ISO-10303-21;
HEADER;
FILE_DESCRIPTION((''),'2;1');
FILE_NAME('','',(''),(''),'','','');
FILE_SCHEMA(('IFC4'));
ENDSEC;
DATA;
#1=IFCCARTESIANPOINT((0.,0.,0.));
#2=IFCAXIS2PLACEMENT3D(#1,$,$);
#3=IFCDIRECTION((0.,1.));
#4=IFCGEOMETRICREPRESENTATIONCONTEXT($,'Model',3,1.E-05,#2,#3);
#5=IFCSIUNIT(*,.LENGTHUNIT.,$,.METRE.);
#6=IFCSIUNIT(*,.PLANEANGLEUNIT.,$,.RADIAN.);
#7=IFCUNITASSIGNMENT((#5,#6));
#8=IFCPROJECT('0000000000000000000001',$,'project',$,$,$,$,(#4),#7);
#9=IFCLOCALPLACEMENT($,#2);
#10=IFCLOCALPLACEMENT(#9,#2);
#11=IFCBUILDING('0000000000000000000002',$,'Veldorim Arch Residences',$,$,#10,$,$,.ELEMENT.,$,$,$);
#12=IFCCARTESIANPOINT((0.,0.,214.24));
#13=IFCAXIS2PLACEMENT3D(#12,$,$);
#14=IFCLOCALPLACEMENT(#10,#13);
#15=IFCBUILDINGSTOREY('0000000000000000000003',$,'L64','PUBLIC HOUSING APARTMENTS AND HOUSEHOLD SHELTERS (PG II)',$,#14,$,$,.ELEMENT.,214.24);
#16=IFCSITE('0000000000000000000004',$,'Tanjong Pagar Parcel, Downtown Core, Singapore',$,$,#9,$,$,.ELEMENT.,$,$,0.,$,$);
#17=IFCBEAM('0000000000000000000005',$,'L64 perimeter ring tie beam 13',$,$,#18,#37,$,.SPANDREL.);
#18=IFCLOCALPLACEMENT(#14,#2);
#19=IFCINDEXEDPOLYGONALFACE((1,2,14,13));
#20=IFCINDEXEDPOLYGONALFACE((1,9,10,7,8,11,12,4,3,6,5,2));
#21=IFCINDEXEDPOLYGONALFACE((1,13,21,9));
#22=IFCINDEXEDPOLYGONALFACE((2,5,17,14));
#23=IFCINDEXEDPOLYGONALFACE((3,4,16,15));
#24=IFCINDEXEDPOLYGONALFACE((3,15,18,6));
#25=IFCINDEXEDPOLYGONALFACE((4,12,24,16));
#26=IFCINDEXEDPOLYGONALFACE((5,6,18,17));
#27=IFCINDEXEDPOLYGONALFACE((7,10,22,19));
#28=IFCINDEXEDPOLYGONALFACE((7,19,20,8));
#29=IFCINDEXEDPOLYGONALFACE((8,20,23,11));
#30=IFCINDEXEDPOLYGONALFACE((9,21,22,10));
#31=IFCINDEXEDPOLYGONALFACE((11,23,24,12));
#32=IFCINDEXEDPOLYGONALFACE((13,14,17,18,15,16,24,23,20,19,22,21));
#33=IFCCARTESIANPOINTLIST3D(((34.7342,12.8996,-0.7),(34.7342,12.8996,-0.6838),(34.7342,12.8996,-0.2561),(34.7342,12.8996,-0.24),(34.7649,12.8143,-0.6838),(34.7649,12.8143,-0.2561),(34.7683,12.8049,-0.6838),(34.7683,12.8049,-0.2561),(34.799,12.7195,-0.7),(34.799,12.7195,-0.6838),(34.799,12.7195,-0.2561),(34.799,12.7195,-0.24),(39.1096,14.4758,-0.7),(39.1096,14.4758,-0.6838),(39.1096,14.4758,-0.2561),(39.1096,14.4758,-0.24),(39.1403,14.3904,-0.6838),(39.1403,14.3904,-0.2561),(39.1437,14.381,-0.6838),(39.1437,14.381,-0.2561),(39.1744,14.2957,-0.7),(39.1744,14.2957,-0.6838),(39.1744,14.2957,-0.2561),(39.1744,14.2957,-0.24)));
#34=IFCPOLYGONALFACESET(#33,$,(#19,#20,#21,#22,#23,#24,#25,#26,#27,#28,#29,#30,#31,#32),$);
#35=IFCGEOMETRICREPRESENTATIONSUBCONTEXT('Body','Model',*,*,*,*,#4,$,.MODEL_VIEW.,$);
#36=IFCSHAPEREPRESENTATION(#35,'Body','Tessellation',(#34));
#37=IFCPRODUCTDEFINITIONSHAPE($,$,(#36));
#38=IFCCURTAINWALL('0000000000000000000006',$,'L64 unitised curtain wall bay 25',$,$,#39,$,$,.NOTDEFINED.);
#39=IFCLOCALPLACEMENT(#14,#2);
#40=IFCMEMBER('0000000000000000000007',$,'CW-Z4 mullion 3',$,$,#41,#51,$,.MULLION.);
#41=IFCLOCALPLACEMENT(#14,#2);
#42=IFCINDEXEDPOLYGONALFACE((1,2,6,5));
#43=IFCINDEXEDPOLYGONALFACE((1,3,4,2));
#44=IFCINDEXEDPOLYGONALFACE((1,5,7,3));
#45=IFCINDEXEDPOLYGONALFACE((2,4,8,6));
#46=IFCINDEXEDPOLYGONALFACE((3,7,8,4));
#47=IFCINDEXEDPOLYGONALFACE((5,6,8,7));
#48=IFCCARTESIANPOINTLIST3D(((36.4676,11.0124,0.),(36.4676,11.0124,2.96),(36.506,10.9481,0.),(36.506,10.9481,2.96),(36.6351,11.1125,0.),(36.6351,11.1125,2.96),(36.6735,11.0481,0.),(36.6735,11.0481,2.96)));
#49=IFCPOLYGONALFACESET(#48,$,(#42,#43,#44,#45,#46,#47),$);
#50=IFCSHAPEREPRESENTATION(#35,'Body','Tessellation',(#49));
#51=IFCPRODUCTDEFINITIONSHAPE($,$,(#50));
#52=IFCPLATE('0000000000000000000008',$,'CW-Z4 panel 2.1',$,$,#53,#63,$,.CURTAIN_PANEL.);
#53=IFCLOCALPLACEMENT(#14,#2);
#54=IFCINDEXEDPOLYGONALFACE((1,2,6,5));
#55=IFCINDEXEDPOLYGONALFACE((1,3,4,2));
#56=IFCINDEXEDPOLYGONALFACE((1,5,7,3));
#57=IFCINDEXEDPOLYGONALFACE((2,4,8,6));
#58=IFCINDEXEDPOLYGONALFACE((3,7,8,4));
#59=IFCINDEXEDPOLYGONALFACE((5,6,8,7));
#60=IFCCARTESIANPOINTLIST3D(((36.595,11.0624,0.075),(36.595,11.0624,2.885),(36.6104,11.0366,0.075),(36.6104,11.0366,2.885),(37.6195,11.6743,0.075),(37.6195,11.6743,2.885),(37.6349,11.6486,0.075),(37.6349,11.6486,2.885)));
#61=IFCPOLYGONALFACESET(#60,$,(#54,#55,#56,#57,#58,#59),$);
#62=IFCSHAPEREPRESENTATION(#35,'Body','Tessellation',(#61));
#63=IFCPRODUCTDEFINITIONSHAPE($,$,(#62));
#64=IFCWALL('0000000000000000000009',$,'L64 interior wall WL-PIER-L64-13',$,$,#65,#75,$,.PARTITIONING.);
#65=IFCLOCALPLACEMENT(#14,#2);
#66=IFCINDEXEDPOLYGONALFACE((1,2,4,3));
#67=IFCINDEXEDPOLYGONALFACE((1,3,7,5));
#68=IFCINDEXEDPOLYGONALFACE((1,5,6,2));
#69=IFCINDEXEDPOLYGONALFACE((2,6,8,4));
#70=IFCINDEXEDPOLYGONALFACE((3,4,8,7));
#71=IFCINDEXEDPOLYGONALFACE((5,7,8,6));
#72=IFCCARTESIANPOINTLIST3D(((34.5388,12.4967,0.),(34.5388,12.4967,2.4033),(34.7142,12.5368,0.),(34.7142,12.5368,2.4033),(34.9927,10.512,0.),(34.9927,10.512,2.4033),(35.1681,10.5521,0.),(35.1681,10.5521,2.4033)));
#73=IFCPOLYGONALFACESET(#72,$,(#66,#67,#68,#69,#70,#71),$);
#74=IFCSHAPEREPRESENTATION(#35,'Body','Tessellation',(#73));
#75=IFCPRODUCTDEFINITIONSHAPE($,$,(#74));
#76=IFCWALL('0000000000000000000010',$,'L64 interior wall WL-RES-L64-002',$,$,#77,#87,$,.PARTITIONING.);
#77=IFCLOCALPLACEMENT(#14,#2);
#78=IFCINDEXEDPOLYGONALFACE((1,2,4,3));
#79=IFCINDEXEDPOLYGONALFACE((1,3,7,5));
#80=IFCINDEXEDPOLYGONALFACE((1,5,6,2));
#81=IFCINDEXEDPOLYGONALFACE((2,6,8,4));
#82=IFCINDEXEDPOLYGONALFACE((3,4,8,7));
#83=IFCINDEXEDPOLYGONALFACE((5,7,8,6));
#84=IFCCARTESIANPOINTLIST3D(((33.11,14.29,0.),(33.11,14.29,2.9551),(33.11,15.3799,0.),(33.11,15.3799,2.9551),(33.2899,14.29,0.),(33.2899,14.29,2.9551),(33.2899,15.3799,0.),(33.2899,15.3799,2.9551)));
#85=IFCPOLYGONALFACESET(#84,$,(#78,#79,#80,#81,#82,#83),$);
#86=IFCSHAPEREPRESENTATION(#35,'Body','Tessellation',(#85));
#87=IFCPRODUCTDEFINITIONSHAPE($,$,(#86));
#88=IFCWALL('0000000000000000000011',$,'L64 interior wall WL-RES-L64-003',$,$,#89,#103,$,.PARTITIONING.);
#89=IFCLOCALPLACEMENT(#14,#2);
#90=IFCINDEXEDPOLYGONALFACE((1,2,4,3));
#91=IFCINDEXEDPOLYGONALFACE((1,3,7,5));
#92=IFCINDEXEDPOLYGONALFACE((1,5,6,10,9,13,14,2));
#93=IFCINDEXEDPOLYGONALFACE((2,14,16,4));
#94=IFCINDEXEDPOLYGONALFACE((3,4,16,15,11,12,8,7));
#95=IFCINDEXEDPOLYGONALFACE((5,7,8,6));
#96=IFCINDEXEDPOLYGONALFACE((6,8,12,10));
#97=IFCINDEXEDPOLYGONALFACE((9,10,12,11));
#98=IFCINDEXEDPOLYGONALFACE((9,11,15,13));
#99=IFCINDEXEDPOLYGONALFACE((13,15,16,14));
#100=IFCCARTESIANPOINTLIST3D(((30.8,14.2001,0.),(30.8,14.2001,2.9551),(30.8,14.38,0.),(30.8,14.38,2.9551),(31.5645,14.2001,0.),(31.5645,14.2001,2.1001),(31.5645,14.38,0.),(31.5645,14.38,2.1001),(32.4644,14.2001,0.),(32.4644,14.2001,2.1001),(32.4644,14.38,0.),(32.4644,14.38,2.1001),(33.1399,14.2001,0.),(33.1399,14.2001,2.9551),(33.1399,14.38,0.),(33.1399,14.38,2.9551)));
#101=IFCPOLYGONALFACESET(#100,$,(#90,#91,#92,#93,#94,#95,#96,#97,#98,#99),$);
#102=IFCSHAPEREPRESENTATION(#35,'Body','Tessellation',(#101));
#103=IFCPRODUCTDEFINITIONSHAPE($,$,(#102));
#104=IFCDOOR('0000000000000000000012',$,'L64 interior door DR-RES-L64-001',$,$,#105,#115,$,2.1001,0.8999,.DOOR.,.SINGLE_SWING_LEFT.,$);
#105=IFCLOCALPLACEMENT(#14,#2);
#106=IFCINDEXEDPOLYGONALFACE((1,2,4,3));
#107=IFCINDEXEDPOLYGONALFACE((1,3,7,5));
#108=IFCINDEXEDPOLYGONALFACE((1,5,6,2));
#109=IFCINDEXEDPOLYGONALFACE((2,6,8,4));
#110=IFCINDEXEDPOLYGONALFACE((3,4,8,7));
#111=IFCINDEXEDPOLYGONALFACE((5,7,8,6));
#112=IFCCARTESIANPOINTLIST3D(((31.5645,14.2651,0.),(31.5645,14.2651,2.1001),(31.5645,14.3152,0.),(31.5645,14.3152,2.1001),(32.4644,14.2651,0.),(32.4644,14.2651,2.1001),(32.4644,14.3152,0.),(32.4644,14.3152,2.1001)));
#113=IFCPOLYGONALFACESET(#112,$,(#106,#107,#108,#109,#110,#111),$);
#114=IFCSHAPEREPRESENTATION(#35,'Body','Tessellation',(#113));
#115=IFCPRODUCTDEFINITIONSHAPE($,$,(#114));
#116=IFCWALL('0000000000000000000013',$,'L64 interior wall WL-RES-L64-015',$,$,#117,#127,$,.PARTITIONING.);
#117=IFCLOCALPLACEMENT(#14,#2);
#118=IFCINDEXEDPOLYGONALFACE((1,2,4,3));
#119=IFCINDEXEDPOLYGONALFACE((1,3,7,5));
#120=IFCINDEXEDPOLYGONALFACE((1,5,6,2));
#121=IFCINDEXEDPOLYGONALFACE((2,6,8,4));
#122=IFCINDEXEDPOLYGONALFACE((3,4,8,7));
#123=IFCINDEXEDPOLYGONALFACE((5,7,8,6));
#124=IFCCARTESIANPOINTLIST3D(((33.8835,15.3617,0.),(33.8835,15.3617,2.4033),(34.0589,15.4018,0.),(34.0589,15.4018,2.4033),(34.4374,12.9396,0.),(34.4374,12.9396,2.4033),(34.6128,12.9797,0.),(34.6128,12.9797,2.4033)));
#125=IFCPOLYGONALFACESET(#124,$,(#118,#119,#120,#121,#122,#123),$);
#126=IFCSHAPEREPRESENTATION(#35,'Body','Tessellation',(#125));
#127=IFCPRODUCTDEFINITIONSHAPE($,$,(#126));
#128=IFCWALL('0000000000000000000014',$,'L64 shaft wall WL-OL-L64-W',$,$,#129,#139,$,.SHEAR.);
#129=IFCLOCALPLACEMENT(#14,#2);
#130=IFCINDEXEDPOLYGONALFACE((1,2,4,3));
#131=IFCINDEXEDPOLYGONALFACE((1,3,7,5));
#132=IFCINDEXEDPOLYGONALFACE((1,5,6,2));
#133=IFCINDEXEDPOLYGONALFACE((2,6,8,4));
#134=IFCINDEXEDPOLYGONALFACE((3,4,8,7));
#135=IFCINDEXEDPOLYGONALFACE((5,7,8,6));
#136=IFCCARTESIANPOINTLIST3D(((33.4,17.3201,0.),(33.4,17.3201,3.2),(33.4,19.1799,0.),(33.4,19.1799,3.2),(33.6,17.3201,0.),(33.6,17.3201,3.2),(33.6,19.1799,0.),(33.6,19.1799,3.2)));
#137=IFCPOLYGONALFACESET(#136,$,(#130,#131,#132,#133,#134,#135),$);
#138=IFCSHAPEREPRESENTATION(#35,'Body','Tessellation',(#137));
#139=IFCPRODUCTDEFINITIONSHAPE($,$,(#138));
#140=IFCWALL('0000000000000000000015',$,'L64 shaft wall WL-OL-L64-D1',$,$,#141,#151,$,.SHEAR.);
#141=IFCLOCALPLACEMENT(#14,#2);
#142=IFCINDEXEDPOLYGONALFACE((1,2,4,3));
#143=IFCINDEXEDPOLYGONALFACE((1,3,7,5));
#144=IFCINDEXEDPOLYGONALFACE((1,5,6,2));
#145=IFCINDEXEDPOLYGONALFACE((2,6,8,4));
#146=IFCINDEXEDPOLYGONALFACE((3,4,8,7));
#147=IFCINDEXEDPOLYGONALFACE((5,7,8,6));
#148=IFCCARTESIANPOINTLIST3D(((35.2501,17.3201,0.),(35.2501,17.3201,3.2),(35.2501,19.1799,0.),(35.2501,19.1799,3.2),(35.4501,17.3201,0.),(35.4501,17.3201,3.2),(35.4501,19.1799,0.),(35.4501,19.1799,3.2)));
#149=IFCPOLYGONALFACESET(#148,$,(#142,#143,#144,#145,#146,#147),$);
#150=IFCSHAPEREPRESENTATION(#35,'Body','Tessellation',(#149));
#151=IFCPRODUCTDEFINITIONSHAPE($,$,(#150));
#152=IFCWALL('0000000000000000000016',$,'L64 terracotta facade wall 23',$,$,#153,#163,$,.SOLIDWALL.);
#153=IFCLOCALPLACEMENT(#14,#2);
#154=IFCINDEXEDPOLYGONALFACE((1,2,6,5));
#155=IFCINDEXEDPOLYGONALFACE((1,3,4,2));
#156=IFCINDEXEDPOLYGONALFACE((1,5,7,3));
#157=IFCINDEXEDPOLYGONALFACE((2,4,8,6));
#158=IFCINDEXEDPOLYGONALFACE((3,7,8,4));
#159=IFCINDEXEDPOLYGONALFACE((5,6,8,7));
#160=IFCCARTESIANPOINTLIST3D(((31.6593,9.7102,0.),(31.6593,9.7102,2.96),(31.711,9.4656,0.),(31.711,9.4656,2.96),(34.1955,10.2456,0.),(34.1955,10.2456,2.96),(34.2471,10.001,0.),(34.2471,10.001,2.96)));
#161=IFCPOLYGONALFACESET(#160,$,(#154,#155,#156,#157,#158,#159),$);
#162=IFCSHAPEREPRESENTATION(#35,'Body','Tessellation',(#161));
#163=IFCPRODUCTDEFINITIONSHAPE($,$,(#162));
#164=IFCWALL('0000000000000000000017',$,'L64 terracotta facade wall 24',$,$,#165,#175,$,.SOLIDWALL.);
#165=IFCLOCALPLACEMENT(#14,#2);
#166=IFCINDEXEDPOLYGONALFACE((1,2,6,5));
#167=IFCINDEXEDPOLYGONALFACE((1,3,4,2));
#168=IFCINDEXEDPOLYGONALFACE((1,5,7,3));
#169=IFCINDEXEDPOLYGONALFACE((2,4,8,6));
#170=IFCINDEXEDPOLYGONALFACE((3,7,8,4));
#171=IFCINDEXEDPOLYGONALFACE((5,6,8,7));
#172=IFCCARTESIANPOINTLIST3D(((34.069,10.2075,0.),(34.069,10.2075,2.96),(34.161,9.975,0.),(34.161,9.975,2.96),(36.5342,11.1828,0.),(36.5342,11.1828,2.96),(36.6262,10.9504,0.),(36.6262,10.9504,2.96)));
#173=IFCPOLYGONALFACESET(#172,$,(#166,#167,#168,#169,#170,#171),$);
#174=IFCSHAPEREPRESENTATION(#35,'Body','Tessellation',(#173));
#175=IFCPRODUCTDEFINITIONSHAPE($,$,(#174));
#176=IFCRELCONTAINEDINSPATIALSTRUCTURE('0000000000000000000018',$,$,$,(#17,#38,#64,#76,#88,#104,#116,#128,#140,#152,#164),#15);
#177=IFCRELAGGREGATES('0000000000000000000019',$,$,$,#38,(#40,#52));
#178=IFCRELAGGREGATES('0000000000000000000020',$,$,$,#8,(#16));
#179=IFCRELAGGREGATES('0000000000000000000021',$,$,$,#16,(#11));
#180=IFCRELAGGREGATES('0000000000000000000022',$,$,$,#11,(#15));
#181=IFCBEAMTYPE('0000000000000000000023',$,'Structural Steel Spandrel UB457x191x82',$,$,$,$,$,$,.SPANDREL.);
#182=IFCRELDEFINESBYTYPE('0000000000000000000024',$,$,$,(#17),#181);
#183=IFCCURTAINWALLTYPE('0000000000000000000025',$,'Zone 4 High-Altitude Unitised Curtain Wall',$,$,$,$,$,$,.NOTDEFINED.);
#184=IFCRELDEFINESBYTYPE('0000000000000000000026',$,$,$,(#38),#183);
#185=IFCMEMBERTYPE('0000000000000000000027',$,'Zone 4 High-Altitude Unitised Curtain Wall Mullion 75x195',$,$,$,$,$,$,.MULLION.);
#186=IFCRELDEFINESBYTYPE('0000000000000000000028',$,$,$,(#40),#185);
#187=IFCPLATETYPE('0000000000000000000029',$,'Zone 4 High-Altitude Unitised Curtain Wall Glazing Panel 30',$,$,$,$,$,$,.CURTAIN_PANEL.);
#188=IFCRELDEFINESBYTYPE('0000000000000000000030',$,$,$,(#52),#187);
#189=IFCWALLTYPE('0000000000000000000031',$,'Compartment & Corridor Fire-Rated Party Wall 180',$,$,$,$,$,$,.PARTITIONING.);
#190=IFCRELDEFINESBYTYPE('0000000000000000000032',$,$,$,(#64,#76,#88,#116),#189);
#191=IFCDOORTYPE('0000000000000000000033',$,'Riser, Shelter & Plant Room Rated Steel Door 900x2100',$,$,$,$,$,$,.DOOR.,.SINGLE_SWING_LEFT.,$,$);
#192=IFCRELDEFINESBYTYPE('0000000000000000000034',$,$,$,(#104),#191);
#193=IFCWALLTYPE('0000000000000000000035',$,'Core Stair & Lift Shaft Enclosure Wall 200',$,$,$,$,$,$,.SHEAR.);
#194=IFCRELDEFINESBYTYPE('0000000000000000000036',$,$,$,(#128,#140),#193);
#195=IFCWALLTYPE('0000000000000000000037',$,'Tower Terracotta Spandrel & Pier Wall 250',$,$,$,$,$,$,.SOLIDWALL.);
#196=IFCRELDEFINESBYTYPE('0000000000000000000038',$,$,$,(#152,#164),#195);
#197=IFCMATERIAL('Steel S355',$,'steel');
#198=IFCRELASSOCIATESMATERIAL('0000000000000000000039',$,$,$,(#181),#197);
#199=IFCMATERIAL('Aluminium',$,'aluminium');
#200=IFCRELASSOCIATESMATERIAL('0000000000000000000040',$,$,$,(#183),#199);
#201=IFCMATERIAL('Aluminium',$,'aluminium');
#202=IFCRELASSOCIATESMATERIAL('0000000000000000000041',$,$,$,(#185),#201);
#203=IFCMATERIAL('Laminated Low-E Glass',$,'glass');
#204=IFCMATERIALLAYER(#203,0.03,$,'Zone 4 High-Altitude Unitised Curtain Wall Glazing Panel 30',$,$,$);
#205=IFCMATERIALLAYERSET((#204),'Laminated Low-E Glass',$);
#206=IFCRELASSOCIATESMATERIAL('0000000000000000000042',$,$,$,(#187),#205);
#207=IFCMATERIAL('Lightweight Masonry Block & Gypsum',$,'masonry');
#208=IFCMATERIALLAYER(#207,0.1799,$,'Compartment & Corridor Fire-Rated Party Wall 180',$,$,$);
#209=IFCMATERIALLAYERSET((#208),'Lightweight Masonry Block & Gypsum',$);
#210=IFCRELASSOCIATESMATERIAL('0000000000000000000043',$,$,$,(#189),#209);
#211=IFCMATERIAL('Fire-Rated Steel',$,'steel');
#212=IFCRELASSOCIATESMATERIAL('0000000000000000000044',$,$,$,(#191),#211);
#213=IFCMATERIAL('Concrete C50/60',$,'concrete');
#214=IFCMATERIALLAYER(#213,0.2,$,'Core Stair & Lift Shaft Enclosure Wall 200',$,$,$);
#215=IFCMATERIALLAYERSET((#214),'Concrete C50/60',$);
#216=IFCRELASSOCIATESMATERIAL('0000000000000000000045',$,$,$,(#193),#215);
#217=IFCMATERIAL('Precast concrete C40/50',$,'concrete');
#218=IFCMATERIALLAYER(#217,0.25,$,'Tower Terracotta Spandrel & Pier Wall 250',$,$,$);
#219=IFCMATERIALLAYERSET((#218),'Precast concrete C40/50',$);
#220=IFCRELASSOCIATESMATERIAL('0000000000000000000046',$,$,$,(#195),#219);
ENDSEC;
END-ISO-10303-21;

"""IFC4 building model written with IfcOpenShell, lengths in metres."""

from ifc_helpers import new_model, si_unit, direction, frame, frame_2d, origin, origin_2d, place, context, subcontext, project, spatial, rectangle, i_section, extrude, material, layer, layer_set, material_profile, profile_set, type_object, element, fill, aggregate, save


model = new_model("IFC4")

# Units and contexts
model_context = context("Model", 3, precision=1e-05, world=origin(), true_north=direction((0.0, 1.0)))
body_context = subcontext(model_context, "Body", "Model", "MODEL_VIEW")
ifc_project = project(units=[si_unit("LENGTHUNIT", "METRE"), si_unit("PLANEANGLEUNIT", "RADIAN")], contexts=[model_context])

# Site, building, storey
site_placement = place(None, origin())
site = spatial("IfcSite", under=ifc_project, at=site_placement, Name="Tanjong Pagar Parcel, Downtown Core, Singapore", CompositionType="ELEMENT", RefElevation=0.0)
building_placement = place(site_placement, origin())
building = spatial("IfcBuilding", under=site, at=building_placement, Name="Veldorim Arch Residences", CompositionType="ELEMENT")
storey_placement = place(building_placement, frame((0.0, 0.0, 214.24)))
storey = spatial("IfcBuildingStorey", under=building, at=storey_placement, Name="L64", Description="PUBLIC HOUSING APARTMENTS AND HOUSEHOLD SHELTERS (PG II)", CompositionType="ELEMENT", Elevation=214.24)

# Beam
ifc_material_1 = material(Name="Steel S355", Category="steel")
ifc_material_profile_1 = material_profile(ifc_material_1, i_section(OverallWidth=0.1914, OverallDepth=0.46, WebThickness=0.01, FlangeThickness=0.0161, at=origin_2d()), Name="UB457x191x82")
ifc_profile_set_1 = profile_set([ifc_material_profile_1], Name="Steel S355")
beam_type_1 = type_object("IfcBeamType", Name="Structural Steel Spandrel UB457x191x82", PredefinedType="SPANDREL", material=ifc_profile_set_1)
beam_1_placement = place(storey_placement, frame((34.7666, 12.8096, -0.47), z_axis=(0.940819, 0.338909, 0.0), x_axis=(-0.338909, 0.940819, 0.0)))
element("IfcBeam", 1, at=beam_1_placement, inside=storey, type_object=beam_type_1, Name="L64 perimeter ring tie beam 13", PredefinedType="SPANDREL", context=body_context, shape_type="SweptSolid", body=[
    extrude(i_section(OverallWidth=0.1914, OverallDepth=0.46, WebThickness=0.01, FlangeThickness=0.0161, at=origin_2d()), origin(), (0.0, 0.0, 1.0), 4.6506),
])

# Curtain wall, member, plate
ifc_material_2 = material(Name="Aluminium", Category="aluminium")
curtain_wall_type = type_object("IfcCurtainWallType", Name="Zone 4 High-Altitude Unitised Curtain Wall", PredefinedType="NOTDEFINED", material=ifc_material_2)
curtain_wall_placement = place(storey_placement, origin())
curtain_wall = element("IfcCurtainWall", 2, at=curtain_wall_placement, inside=storey, type_object=curtain_wall_type, Name="L64 unitised curtain wall bay 25", PredefinedType="NOTDEFINED")
ifc_material_3 = material(Name="Aluminium", Category="aluminium")
ifc_material_profile_2 = material_profile(ifc_material_3, rectangle(XDim=0.075, YDim=0.1951, at=origin_2d()), Name="ALU_MUL_75x195")
ifc_profile_set_2 = profile_set([ifc_material_profile_2], Name="Aluminium")
member_type = type_object("IfcMemberType", Name="Zone 4 High-Altitude Unitised Curtain Wall Mullion 75x195", PredefinedType="MULLION", material=ifc_profile_set_2)
member_placement = place(storey_placement, frame((36.5706, 11.0303, 0.0), z_axis=(0.0, 0.0, 1.0), x_axis=(0.512817, -0.858498, 0.0)))
member = element("IfcMember", 3, at=member_placement, type_object=member_type, Name="CW-Z4 mullion 3", PredefinedType="MULLION", context=body_context, shape_type="SweptSolid", body=[
    extrude(rectangle(XDim=0.075, YDim=0.1951, at=origin_2d()), origin(), (0.0, 0.0, 1.0), 2.96),
])
ifc_material_4 = material(Name="Laminated Low-E Glass", Category="glass")
ifc_layer_1 = layer(ifc_material_4, 0.03, Name="Zone 4 High-Altitude Unitised Curtain Wall Glazing Panel 30")
ifc_layer_set_1 = layer_set([ifc_layer_1], Name="Laminated Low-E Glass")
plate_type = type_object("IfcPlateType", Name="Zone 4 High-Altitude Unitised Curtain Wall Glazing Panel 30", PredefinedType="CURTAIN_PANEL", material=ifc_layer_set_1)
plate_placement = place(storey_placement, frame((37.115, 11.3555, 0.075), z_axis=(0.0, 0.0, 1.0), x_axis=(-0.858498, -0.512817, 0.0)))
plate = element("IfcPlate", 4, at=plate_placement, type_object=plate_type, Name="CW-Z4 panel 2.1", PredefinedType="CURTAIN_PANEL", context=body_context, shape_type="SweptSolid", body=[
    extrude(rectangle(XDim=1.1934, YDim=0.03, at=origin_2d()), origin(), (0.0, 0.0, 1.0), 2.8101),
])
aggregate(curtain_wall, [member, plate])

# Walls
ifc_material_5 = material(Name="Lightweight Masonry Block & Gypsum", Category="masonry")
ifc_layer_2 = layer(ifc_material_5, 0.1799, Name="Compartment & Corridor Fire-Rated Party Wall 180")
ifc_layer_set_2 = layer_set([ifc_layer_2], Name="Lightweight Masonry Block & Gypsum")
wall_type_1 = type_object("IfcWallType", Name="Compartment & Corridor Fire-Rated Party Wall 180", PredefinedType="PARTITIONING", material=ifc_layer_set_2)
wall_1_placement = place(storey_placement, frame((34.6265, 12.5168, 0.0), z_axis=(0.0, 0.0, 1.0), x_axis=(0.222932, -0.974834, 0.0)))
element("IfcWall", 5, at=wall_1_placement, inside=storey, type_object=wall_type_1, Name="L64 interior wall WL-PIER-L64-13", PredefinedType="PARTITIONING", context=body_context, shape_type="SweptSolid", body=[
    extrude(rectangle(XDim=2.0359, YDim=0.1799, at=frame_2d((1.0181, 0.0))), origin(), (0.0, 0.0, 1.0), 2.4033),
])
wall_2_placement = place(storey_placement, frame((33.2, 15.3799, 0.0), z_axis=(0.0, 0.0, 1.0), x_axis=(0.0, -1.0, 0.0)))
element("IfcWall", 6, at=wall_2_placement, inside=storey, type_object=wall_type_1, Name="L64 interior wall WL-RES-L64-002", PredefinedType="PARTITIONING", context=body_context, shape_type="SweptSolid", body=[
    extrude(rectangle(XDim=1.0898, YDim=0.1799, at=frame_2d((0.5449, 0.0))), origin(), (0.0, 0.0, 1.0), 2.9551),
])

# Wall, opening, door
wall_3_placement = place(storey_placement, frame((33.1399, 14.29, 0.0), z_axis=(0.0, 0.0, 1.0), x_axis=(-1.0, 0.0, 0.0)))
wall_3 = element("IfcWall", 7, at=wall_3_placement, inside=storey, type_object=wall_type_1, Name="L64 interior wall WL-RES-L64-003", PredefinedType="PARTITIONING", context=body_context, shape_type="SweptSolid", body=[
    extrude(rectangle(XDim=2.3398, YDim=0.1799, at=frame_2d((1.1699, 0.0))), origin(), (0.0, 0.0, 1.0), 2.9551),
])
opening_placement = place(wall_3_placement, frame((0.6755, 0.0, 0.0)))
opening = element("IfcOpeningElement", 8, at=opening_placement, cuts=wall_3, PredefinedType="OPENING", context=body_context, shape_type="SweptSolid", body=[
    extrude(rectangle(XDim=0.8999, YDim=2.1001, at=frame_2d((0.45, 1.05))), frame((0.0, 0.0999, 0.0), z_axis=(0.0, -1.0, 0.0), x_axis=(1.0, 0.0, 0.0)), (0.0, 0.0, 1.0), 0.2),
])
ifc_material_6 = material(Name="Fire-Rated Steel", Category="steel")
door_type = type_object("IfcDoorType", Name="Riser, Shelter & Plant Room Rated Steel Door 900x2100", OperationType="SINGLE_SWING_LEFT", PredefinedType="DOOR", material=ifc_material_6)
door_placement = place(opening_placement, origin())
door = element("IfcDoor", 9, at=door_placement, inside=storey, type_object=door_type, Name="L64 interior door DR-RES-L64-001", OperationType="SINGLE_SWING_LEFT", OverallHeight=2.1001, OverallWidth=0.8999, PredefinedType="DOOR", context=body_context, shape_type="SweptSolid", body=[
    extrude(rectangle(XDim=0.8999, YDim=2.1001, at=frame_2d((0.45, 1.05))), frame((0.0, 0.0249, 0.0), z_axis=(0.0, -1.0, 0.0), x_axis=(1.0, 0.0, 0.0)), (0.0, 0.0, 1.0), 0.05),
])
fill(opening, door)

# Walls
wall_4_placement = place(storey_placement, frame((33.9712, 15.3816, 0.0), z_axis=(0.0, 0.0, 1.0), x_axis=(0.22295, -0.97483, 0.0)))
element("IfcWall", 10, at=wall_4_placement, inside=storey, type_object=wall_type_1, Name="L64 interior wall WL-RES-L64-015", PredefinedType="PARTITIONING", context=body_context, shape_type="SweptSolid", body=[
    extrude(rectangle(XDim=2.4846, YDim=0.1799, at=frame_2d((1.2422, 0.0))), origin(), (0.0, 0.0, 1.0), 2.4033),
])
ifc_material_7 = material(Name="Concrete C50/60", Category="concrete")
ifc_layer_3 = layer(ifc_material_7, 0.2, Name="Core Stair & Lift Shaft Enclosure Wall 200")
ifc_layer_set_3 = layer_set([ifc_layer_3], Name="Concrete C50/60")
wall_type_2 = type_object("IfcWallType", Name="Core Stair & Lift Shaft Enclosure Wall 200", PredefinedType="SHEAR", material=ifc_layer_set_3)
for number, where, z_axis, x_axis, name in (
    (11, (33.5, 17.3201, 0.0), (0.0, 0.0, 1.0), (0.0, 1.0, 0.0), "L64 shaft wall WL-OL-L64-W"),
    (12, (35.3501, 17.3201, 0.0), (0.0, 0.0, 1.0), (0.0, 1.0, 0.0), "L64 shaft wall WL-OL-L64-D1"),
):
    element("IfcWall", number, at=place(storey_placement, frame(where, z_axis=z_axis, x_axis=x_axis)), inside=storey, type_object=wall_type_2, Name=name, PredefinedType="SHEAR", context=body_context, shape_type="SweptSolid", body=[
        extrude(rectangle(XDim=1.8599, YDim=0.2, at=frame_2d((0.9299, 0.0))), origin(), (0.0, 0.0, 1.0), 3.2),
    ])
ifc_material_8 = material(Name="Precast concrete C40/50", Category="concrete")
ifc_layer_4 = layer(ifc_material_8, 0.25, Name="Tower Terracotta Spandrel & Pier Wall 250")
ifc_layer_set_4 = layer_set([ifc_layer_4], Name="Precast concrete C40/50")
wall_type_3 = type_object("IfcWallType", Name="Tower Terracotta Spandrel & Pier Wall 250", PredefinedType="SOLIDWALL", material=ifc_layer_set_4)
wall_5_placement = place(storey_placement, frame((34.2212, 10.1233, 0.0), z_axis=(0.0, 0.0, 1.0), x_axis=(-0.978435, -0.206556, 0.0)))
element("IfcWall", 13, at=wall_5_placement, inside=storey, type_object=wall_type_3, Name="L64 terracotta facade wall 23", PredefinedType="SOLIDWALL", context=body_context, shape_type="SweptSolid", body=[
    extrude(rectangle(XDim=2.592, YDim=0.25, at=frame_2d((1.2959, 0.0))), origin(), (0.0, 0.0, 1.0), 2.96),
])
wall_6_placement = place(storey_placement, frame((36.5803, 11.0667, 0.0), z_axis=(0.0, 0.0, 1.0), x_axis=(-0.929861, -0.367911, 0.0)))
element("IfcWall", 14, at=wall_6_placement, inside=storey, type_object=wall_type_3, Name="L64 terracotta facade wall 24", PredefinedType="SOLIDWALL", context=body_context, shape_type="SweptSolid", body=[
    extrude(rectangle(XDim=2.6511, YDim=0.25, at=frame_2d((1.3257, 0.0))), origin(), (0.0, 0.0, 1.0), 2.96),
])

save(model, "model.ifc")
